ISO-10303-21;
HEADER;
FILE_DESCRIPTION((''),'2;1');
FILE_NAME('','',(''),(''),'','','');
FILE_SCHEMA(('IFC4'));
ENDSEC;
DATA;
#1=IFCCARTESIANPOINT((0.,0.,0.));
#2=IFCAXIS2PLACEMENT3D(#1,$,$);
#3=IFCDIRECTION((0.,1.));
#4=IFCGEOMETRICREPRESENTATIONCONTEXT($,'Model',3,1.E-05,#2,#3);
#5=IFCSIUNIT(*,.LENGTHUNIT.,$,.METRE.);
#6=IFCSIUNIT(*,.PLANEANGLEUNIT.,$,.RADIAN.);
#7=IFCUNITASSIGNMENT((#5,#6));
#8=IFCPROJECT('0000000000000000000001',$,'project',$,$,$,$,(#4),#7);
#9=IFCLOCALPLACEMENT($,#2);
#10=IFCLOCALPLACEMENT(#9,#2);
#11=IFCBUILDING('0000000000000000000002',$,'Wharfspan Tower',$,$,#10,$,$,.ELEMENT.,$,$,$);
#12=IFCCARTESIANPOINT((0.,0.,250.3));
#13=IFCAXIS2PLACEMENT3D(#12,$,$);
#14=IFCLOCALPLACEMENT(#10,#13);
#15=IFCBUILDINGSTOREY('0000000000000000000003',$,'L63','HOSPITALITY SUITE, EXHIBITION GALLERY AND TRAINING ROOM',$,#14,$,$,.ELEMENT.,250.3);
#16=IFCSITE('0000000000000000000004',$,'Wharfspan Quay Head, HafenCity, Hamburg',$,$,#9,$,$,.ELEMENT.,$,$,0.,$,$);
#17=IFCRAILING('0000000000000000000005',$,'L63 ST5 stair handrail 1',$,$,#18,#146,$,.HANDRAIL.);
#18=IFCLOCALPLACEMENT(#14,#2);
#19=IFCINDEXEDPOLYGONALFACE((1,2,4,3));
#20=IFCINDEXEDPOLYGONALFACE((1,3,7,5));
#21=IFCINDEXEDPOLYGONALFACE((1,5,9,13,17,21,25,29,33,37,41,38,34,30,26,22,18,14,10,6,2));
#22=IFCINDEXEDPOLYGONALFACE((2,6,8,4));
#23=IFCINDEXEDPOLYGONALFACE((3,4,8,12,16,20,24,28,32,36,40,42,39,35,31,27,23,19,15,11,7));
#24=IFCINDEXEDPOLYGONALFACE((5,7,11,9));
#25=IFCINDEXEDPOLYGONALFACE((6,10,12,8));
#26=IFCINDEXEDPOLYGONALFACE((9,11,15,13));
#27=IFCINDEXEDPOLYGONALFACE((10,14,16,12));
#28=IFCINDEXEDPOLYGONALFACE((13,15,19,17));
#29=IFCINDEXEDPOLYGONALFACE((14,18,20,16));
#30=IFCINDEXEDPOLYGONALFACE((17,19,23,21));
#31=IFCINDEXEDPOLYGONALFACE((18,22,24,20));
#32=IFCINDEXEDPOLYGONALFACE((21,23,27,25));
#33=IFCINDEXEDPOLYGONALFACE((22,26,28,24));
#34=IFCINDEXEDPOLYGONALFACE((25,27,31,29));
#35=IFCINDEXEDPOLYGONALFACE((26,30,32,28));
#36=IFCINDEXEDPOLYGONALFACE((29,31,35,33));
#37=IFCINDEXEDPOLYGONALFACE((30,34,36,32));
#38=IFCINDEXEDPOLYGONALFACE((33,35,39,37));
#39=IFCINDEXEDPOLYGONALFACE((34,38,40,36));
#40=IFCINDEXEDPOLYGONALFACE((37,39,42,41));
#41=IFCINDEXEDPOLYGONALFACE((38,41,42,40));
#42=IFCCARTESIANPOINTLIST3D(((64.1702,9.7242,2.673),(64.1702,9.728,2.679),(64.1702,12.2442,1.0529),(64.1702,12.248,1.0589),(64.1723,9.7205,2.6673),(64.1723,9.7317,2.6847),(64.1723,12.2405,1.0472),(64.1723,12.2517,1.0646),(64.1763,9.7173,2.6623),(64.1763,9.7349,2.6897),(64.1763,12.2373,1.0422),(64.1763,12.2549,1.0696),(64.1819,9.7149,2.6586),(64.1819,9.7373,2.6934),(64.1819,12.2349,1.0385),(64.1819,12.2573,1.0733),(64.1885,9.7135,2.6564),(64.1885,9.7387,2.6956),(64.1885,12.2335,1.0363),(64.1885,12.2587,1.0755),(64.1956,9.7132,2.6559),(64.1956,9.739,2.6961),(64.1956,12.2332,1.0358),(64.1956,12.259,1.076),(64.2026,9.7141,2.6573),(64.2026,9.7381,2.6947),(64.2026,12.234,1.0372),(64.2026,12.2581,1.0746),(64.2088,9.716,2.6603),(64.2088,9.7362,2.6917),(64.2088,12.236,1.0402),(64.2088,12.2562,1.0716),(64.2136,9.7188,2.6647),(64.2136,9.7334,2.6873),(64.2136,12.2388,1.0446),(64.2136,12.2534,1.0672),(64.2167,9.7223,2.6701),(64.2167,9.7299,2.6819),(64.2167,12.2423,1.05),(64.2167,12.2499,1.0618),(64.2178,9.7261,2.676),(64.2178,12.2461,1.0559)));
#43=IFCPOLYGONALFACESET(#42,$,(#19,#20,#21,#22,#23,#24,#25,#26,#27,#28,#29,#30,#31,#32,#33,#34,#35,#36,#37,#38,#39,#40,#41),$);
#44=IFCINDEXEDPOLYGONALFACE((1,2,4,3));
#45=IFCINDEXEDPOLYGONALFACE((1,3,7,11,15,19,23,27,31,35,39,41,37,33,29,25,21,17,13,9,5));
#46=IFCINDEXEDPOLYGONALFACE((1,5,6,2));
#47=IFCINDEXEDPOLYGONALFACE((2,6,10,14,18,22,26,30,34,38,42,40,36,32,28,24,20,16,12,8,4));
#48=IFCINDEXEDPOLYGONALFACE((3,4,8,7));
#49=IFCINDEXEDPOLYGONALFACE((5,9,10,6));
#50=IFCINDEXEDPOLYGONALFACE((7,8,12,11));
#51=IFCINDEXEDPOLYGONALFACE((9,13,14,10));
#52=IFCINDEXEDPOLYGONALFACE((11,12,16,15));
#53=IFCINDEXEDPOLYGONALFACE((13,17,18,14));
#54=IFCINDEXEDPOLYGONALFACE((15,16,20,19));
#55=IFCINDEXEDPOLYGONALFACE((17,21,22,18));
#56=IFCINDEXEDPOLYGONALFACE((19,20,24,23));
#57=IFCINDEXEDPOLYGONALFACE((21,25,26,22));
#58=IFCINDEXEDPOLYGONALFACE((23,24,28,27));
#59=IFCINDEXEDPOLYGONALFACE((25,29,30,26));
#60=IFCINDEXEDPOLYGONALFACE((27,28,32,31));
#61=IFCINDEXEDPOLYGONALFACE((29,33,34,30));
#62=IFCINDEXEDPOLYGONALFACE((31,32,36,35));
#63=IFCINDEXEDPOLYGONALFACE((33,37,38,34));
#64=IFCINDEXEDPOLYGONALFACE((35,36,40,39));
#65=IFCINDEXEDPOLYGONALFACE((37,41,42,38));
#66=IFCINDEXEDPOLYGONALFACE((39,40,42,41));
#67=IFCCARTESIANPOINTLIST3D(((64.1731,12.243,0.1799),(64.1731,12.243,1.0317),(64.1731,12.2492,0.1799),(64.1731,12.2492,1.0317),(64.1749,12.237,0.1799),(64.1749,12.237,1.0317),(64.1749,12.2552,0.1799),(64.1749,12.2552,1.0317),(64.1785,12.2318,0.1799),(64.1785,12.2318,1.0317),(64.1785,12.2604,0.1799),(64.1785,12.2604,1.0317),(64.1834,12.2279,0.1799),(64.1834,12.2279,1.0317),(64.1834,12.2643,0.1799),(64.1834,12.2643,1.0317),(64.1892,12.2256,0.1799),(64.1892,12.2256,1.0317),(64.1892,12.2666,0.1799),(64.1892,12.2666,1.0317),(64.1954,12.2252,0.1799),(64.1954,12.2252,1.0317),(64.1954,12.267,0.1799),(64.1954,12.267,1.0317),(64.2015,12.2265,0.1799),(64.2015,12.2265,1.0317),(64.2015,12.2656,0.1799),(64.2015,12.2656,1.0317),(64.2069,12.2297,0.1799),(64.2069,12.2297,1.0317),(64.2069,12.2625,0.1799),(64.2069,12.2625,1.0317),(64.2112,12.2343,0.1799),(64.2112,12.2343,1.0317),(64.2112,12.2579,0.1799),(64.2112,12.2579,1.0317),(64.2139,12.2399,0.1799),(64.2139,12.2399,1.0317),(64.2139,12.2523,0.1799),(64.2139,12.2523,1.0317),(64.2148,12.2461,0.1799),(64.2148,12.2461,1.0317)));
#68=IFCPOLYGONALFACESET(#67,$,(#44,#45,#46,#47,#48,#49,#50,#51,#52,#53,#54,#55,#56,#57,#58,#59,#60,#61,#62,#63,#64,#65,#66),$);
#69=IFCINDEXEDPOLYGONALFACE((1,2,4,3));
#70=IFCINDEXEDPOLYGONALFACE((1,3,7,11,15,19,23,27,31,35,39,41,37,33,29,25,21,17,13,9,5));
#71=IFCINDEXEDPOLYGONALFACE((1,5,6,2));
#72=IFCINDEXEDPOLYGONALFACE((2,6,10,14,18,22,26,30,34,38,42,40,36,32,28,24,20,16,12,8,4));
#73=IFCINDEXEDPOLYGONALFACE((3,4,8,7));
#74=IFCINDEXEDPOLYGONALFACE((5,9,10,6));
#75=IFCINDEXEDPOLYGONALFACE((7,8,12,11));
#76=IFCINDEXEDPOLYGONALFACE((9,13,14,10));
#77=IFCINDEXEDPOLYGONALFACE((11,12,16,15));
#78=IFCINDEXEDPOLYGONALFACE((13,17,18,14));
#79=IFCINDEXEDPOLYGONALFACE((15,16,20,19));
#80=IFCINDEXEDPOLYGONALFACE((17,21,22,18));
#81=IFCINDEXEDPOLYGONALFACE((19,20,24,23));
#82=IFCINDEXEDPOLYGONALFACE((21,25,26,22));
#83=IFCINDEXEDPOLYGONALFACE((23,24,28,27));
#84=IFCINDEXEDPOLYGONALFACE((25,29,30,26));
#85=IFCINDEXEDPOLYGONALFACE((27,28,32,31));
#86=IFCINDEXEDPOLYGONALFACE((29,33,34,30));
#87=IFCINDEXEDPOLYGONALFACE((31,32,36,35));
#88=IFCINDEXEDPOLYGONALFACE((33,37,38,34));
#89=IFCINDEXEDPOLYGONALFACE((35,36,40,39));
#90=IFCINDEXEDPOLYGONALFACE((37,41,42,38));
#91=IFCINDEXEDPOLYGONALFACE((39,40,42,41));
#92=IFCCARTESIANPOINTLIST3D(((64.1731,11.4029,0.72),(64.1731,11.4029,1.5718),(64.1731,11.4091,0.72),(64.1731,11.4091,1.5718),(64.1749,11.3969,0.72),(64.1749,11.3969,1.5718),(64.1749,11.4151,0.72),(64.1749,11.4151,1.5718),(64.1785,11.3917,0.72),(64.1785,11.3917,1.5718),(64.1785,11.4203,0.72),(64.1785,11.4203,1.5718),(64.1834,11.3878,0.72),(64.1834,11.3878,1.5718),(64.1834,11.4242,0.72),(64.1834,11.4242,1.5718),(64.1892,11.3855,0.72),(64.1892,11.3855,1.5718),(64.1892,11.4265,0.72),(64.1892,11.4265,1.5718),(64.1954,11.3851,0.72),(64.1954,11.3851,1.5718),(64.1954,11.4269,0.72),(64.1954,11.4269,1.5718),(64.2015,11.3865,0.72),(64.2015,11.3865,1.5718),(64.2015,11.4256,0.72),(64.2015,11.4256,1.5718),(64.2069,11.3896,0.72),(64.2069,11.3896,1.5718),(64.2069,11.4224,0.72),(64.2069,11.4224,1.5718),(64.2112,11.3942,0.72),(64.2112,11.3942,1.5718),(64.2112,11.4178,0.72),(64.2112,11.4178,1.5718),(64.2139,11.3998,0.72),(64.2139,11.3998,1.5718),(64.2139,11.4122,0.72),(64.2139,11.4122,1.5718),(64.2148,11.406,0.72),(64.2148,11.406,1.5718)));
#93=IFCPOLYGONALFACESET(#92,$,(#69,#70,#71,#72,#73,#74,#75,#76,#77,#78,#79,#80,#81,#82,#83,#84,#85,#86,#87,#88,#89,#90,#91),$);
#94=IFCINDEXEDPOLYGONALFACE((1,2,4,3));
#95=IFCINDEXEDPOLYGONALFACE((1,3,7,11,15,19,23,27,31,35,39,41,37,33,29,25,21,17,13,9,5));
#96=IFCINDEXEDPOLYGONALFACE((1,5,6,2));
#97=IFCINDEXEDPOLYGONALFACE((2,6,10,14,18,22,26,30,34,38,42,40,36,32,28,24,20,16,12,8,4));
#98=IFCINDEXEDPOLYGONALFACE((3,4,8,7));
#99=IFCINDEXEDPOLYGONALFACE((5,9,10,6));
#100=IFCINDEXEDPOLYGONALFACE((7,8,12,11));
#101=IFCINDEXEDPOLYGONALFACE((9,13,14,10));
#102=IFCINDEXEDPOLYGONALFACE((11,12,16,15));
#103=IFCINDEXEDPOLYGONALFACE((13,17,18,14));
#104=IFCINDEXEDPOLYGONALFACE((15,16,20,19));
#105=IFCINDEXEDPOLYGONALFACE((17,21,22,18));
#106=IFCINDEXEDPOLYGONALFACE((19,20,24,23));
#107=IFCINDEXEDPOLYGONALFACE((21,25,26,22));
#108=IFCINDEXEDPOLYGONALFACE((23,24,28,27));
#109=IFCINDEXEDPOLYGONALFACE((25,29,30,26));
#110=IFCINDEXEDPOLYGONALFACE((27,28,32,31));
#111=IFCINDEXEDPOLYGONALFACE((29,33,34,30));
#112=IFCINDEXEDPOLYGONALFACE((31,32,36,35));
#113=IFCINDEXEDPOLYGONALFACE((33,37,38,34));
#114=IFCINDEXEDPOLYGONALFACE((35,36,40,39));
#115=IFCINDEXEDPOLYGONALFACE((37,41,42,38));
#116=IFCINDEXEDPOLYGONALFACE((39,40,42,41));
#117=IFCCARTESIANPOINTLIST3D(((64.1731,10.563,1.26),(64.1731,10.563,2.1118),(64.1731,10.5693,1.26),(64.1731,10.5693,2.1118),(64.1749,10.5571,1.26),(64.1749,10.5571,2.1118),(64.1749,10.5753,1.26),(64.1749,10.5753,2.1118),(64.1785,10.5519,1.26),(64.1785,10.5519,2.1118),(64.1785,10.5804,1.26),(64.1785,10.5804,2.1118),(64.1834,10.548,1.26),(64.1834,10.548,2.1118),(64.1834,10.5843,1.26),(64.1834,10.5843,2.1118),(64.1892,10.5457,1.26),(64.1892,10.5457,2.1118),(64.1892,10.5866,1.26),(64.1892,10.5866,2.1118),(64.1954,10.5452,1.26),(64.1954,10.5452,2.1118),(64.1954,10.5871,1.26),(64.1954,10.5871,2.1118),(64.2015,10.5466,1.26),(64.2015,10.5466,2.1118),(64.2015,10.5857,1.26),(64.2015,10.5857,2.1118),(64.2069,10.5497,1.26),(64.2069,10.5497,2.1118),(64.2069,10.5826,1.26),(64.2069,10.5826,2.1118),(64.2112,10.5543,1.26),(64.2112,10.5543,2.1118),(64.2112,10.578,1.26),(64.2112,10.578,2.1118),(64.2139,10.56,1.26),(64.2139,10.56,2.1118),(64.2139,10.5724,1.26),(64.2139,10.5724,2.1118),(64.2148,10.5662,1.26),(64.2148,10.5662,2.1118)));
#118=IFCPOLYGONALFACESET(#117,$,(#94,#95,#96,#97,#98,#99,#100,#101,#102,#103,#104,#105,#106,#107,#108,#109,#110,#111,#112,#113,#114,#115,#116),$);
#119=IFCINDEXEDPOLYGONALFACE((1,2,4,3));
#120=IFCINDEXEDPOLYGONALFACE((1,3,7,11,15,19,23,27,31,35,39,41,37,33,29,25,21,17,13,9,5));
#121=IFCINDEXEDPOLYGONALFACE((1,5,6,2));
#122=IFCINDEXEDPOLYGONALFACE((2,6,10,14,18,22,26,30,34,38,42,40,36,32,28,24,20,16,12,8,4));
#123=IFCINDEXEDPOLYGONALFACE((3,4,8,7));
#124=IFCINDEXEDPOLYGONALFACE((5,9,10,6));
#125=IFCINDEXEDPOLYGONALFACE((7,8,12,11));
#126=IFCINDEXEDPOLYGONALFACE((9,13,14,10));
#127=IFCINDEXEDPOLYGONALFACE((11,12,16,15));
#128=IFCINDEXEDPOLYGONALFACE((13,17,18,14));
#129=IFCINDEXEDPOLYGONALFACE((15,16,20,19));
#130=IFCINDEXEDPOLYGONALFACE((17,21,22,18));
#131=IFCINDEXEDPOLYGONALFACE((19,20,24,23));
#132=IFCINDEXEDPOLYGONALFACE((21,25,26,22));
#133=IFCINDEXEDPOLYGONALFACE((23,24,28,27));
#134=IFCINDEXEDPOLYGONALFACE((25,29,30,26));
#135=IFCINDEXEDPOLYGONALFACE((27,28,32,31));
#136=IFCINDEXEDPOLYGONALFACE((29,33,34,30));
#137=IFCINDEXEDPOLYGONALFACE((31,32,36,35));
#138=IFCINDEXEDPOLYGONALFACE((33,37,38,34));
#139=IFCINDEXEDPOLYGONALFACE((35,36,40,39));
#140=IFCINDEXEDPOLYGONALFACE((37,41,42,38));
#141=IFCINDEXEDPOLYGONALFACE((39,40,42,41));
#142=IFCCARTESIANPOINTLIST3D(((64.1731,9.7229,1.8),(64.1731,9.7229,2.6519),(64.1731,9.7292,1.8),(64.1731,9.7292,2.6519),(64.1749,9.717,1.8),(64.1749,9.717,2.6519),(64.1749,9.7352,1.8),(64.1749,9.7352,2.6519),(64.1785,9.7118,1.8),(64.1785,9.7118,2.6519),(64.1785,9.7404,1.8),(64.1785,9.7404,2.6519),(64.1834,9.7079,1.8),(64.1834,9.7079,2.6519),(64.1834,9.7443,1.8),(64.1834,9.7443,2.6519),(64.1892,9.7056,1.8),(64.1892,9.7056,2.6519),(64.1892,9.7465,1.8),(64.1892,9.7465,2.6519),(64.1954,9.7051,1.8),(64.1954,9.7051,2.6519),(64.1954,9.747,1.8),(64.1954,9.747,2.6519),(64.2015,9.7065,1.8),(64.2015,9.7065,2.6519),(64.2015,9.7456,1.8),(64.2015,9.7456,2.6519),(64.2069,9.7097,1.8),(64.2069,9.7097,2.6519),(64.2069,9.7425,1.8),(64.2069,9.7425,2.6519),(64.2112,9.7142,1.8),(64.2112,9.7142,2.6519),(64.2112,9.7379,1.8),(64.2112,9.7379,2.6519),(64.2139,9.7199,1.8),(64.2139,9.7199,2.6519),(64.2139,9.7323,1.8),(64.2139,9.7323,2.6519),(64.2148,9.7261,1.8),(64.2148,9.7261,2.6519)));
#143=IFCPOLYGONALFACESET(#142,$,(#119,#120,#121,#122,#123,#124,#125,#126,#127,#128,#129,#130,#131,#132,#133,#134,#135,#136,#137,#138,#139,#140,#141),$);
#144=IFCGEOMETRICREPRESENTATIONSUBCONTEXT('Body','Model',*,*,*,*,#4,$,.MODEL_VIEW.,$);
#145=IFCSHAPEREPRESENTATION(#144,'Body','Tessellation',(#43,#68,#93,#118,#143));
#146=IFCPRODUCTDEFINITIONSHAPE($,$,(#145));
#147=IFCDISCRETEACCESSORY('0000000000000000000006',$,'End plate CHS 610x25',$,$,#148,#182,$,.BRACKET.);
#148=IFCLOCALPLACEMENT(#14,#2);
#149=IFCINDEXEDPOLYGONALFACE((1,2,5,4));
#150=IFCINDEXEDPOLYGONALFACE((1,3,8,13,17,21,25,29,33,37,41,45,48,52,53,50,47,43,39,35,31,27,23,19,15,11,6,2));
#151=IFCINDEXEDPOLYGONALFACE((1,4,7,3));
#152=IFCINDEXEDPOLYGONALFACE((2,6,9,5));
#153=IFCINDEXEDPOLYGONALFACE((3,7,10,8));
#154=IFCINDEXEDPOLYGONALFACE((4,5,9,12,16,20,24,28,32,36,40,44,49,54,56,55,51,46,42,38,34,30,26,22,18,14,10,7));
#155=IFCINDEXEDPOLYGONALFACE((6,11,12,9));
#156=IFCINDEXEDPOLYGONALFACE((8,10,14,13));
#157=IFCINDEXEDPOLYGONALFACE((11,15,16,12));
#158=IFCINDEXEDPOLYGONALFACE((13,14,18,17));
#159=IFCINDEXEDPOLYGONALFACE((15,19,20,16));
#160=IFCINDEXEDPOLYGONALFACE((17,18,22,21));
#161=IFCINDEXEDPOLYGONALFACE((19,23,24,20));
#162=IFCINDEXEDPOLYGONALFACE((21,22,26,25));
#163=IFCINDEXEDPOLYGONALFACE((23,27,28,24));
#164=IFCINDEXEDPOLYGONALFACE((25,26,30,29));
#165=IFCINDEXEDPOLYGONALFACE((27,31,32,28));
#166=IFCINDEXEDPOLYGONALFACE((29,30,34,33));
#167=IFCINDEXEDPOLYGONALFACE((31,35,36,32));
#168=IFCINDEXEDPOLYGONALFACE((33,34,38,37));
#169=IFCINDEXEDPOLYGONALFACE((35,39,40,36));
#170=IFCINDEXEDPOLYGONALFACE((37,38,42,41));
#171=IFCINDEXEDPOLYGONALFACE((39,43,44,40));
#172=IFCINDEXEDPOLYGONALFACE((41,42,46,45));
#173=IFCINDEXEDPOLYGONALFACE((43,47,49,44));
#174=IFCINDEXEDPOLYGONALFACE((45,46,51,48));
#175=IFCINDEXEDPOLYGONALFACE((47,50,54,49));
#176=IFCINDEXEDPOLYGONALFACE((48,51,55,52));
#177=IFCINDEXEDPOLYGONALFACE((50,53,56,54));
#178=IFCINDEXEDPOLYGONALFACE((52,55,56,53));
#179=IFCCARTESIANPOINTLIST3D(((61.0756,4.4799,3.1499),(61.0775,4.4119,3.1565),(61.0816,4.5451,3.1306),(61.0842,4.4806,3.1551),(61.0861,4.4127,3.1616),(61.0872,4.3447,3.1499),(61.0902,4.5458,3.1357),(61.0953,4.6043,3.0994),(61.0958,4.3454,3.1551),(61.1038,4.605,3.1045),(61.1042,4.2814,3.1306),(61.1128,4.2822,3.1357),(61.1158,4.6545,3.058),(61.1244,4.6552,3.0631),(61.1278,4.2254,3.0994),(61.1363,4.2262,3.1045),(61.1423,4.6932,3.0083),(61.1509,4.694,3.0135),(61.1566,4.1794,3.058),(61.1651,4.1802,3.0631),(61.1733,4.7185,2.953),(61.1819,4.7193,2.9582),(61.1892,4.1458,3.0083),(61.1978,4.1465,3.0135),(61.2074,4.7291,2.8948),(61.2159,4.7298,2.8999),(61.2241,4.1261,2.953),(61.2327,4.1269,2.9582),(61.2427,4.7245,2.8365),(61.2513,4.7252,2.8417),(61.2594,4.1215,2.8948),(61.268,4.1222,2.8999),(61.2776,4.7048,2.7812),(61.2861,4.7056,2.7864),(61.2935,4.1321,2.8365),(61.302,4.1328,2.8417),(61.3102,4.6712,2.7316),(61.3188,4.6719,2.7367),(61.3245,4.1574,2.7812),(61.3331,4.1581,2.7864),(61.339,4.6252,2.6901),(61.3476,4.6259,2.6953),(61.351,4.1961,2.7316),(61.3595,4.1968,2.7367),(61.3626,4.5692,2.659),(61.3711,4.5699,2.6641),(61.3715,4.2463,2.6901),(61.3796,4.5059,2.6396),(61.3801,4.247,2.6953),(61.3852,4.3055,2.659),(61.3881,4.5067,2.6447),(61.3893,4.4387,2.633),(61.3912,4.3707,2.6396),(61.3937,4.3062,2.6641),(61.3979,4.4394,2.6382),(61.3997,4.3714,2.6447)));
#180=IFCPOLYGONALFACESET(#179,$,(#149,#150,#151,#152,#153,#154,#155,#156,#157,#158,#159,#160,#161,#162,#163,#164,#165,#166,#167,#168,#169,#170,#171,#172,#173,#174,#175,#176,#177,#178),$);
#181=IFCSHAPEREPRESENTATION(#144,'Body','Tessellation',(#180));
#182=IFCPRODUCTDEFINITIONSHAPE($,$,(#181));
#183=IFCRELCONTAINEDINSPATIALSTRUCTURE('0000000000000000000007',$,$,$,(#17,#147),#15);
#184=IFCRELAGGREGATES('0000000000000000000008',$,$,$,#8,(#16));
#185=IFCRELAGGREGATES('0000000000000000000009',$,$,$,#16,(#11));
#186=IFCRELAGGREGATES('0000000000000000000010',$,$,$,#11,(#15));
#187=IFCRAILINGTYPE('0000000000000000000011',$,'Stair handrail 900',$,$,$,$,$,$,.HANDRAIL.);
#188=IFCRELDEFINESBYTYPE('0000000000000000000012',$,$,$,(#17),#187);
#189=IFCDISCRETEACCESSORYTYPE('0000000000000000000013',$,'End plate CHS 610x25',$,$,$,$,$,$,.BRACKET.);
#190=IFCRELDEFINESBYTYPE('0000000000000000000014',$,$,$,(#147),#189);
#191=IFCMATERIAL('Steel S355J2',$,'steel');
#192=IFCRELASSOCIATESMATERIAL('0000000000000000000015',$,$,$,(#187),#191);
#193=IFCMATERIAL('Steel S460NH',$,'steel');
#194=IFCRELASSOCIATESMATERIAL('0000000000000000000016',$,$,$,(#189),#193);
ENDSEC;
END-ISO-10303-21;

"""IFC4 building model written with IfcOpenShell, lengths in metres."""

from ifc_helpers import new_model, si_unit, direction, frame, origin, origin_2d, place, context, subcontext, project, spatial, circle, extrude, material, material_profile, profile_set, type_object, element, save


model = new_model("IFC4")

# Units and contexts
model_context = context("Model", 3, precision=1e-05, world=origin(), true_north=direction((0.0, 1.0)))
body_context = subcontext(model_context, "Body", "Model", "MODEL_VIEW")
ifc_project = project(units=[si_unit("LENGTHUNIT", "METRE"), si_unit("PLANEANGLEUNIT", "RADIAN")], contexts=[model_context])

# Site, building, storey
site_placement = place(None, origin())
site = spatial("IfcSite", under=ifc_project, at=site_placement, Name="Wharfspan Quay Head, HafenCity, Hamburg", CompositionType="ELEMENT", RefElevation=0.0)
building_placement = place(site_placement, origin())
building = spatial("IfcBuilding", under=site, at=building_placement, Name="Wharfspan Tower", CompositionType="ELEMENT")
storey_placement = place(building_placement, frame((0.0, 0.0, 250.3)))
storey = spatial("IfcBuildingStorey", under=building, at=storey_placement, Name="L63", Description="HOSPITALITY SUITE, EXHIBITION GALLERY AND TRAINING ROOM", CompositionType="ELEMENT", Elevation=250.3)

# Shared definitions
ifc_material_1 = material(Name="Steel S355J2", Category="steel")

# Shared definitions
ifc_material_2 = material(Name="Steel S460NH", Category="steel")

# Railing
railing_type_1 = type_object("IfcRailingType", Name="Stair handrail 900", PredefinedType="HANDRAIL", material=ifc_material_1)
railing_1_placement = place(storey_placement, frame((64.1938, 12.2461, 0.1799)))
element("IfcRailing", 1, at=railing_1_placement, inside=storey, type_object=railing_type_1, Name="L63 ST5 stair handrail 1", PredefinedType="HANDRAIL", context=body_context, shape_type="SweptSolid", body=[
    extrude(circle(Radius=0.0239, at=origin_2d()), frame((0.0, 0.0, 0.876), z_axis=(0.0, -0.841163, 0.540782), x_axis=(1.0, 0.0, 0.0)), (0.0, 0.0, 1.0), 2.9958),
    extrude(circle(Radius=0.021, at=origin_2d()), origin(), (0.0, 0.0, 1.0), 0.8518),
    extrude(circle(Radius=0.021, at=origin_2d()), frame((0.0, -0.8401, 0.54)), (0.0, 0.0, 1.0), 0.8518),
    extrude(circle(Radius=0.021, at=origin_2d()), frame((0.0, -1.6799, 1.0801)), (0.0, 0.0, 1.0), 0.8518),
    extrude(circle(Radius=0.021, at=origin_2d()), frame((0.0, -2.52, 1.6201)), (0.0, 0.0, 1.0), 0.8518),
])

# Discrete accessory
ifc_material_profile_1 = material_profile(ifc_material_2, circle(Radius=0.3049, at=origin_2d()))
ifc_profile_set_1 = profile_set([ifc_material_profile_1], Name="Steel S460NH")
discrete_accessory_type = type_object("IfcDiscreteAccessoryType", Name="End plate CHS 610x25", PredefinedType="BRACKET", material=ifc_profile_set_1)
discrete_accessory_placement = place(storey_placement, frame((61.2334, 4.4253, 2.8948), z_axis=(0.855186, 0.073302, 0.513112), x_axis=(-0.085402, 0.996345, 0.000001)))
element("IfcDiscreteAccessory", 2, at=discrete_accessory_placement, inside=storey, type_object=discrete_accessory_type, Name="End plate CHS 610x25", PredefinedType="BRACKET", context=body_context, shape_type="SweptSolid", body=[
    extrude(circle(Radius=0.3049, at=origin_2d()), origin(), (0.0, 0.0, 1.0), 0.01),
])

save(model, "model.ifc")
